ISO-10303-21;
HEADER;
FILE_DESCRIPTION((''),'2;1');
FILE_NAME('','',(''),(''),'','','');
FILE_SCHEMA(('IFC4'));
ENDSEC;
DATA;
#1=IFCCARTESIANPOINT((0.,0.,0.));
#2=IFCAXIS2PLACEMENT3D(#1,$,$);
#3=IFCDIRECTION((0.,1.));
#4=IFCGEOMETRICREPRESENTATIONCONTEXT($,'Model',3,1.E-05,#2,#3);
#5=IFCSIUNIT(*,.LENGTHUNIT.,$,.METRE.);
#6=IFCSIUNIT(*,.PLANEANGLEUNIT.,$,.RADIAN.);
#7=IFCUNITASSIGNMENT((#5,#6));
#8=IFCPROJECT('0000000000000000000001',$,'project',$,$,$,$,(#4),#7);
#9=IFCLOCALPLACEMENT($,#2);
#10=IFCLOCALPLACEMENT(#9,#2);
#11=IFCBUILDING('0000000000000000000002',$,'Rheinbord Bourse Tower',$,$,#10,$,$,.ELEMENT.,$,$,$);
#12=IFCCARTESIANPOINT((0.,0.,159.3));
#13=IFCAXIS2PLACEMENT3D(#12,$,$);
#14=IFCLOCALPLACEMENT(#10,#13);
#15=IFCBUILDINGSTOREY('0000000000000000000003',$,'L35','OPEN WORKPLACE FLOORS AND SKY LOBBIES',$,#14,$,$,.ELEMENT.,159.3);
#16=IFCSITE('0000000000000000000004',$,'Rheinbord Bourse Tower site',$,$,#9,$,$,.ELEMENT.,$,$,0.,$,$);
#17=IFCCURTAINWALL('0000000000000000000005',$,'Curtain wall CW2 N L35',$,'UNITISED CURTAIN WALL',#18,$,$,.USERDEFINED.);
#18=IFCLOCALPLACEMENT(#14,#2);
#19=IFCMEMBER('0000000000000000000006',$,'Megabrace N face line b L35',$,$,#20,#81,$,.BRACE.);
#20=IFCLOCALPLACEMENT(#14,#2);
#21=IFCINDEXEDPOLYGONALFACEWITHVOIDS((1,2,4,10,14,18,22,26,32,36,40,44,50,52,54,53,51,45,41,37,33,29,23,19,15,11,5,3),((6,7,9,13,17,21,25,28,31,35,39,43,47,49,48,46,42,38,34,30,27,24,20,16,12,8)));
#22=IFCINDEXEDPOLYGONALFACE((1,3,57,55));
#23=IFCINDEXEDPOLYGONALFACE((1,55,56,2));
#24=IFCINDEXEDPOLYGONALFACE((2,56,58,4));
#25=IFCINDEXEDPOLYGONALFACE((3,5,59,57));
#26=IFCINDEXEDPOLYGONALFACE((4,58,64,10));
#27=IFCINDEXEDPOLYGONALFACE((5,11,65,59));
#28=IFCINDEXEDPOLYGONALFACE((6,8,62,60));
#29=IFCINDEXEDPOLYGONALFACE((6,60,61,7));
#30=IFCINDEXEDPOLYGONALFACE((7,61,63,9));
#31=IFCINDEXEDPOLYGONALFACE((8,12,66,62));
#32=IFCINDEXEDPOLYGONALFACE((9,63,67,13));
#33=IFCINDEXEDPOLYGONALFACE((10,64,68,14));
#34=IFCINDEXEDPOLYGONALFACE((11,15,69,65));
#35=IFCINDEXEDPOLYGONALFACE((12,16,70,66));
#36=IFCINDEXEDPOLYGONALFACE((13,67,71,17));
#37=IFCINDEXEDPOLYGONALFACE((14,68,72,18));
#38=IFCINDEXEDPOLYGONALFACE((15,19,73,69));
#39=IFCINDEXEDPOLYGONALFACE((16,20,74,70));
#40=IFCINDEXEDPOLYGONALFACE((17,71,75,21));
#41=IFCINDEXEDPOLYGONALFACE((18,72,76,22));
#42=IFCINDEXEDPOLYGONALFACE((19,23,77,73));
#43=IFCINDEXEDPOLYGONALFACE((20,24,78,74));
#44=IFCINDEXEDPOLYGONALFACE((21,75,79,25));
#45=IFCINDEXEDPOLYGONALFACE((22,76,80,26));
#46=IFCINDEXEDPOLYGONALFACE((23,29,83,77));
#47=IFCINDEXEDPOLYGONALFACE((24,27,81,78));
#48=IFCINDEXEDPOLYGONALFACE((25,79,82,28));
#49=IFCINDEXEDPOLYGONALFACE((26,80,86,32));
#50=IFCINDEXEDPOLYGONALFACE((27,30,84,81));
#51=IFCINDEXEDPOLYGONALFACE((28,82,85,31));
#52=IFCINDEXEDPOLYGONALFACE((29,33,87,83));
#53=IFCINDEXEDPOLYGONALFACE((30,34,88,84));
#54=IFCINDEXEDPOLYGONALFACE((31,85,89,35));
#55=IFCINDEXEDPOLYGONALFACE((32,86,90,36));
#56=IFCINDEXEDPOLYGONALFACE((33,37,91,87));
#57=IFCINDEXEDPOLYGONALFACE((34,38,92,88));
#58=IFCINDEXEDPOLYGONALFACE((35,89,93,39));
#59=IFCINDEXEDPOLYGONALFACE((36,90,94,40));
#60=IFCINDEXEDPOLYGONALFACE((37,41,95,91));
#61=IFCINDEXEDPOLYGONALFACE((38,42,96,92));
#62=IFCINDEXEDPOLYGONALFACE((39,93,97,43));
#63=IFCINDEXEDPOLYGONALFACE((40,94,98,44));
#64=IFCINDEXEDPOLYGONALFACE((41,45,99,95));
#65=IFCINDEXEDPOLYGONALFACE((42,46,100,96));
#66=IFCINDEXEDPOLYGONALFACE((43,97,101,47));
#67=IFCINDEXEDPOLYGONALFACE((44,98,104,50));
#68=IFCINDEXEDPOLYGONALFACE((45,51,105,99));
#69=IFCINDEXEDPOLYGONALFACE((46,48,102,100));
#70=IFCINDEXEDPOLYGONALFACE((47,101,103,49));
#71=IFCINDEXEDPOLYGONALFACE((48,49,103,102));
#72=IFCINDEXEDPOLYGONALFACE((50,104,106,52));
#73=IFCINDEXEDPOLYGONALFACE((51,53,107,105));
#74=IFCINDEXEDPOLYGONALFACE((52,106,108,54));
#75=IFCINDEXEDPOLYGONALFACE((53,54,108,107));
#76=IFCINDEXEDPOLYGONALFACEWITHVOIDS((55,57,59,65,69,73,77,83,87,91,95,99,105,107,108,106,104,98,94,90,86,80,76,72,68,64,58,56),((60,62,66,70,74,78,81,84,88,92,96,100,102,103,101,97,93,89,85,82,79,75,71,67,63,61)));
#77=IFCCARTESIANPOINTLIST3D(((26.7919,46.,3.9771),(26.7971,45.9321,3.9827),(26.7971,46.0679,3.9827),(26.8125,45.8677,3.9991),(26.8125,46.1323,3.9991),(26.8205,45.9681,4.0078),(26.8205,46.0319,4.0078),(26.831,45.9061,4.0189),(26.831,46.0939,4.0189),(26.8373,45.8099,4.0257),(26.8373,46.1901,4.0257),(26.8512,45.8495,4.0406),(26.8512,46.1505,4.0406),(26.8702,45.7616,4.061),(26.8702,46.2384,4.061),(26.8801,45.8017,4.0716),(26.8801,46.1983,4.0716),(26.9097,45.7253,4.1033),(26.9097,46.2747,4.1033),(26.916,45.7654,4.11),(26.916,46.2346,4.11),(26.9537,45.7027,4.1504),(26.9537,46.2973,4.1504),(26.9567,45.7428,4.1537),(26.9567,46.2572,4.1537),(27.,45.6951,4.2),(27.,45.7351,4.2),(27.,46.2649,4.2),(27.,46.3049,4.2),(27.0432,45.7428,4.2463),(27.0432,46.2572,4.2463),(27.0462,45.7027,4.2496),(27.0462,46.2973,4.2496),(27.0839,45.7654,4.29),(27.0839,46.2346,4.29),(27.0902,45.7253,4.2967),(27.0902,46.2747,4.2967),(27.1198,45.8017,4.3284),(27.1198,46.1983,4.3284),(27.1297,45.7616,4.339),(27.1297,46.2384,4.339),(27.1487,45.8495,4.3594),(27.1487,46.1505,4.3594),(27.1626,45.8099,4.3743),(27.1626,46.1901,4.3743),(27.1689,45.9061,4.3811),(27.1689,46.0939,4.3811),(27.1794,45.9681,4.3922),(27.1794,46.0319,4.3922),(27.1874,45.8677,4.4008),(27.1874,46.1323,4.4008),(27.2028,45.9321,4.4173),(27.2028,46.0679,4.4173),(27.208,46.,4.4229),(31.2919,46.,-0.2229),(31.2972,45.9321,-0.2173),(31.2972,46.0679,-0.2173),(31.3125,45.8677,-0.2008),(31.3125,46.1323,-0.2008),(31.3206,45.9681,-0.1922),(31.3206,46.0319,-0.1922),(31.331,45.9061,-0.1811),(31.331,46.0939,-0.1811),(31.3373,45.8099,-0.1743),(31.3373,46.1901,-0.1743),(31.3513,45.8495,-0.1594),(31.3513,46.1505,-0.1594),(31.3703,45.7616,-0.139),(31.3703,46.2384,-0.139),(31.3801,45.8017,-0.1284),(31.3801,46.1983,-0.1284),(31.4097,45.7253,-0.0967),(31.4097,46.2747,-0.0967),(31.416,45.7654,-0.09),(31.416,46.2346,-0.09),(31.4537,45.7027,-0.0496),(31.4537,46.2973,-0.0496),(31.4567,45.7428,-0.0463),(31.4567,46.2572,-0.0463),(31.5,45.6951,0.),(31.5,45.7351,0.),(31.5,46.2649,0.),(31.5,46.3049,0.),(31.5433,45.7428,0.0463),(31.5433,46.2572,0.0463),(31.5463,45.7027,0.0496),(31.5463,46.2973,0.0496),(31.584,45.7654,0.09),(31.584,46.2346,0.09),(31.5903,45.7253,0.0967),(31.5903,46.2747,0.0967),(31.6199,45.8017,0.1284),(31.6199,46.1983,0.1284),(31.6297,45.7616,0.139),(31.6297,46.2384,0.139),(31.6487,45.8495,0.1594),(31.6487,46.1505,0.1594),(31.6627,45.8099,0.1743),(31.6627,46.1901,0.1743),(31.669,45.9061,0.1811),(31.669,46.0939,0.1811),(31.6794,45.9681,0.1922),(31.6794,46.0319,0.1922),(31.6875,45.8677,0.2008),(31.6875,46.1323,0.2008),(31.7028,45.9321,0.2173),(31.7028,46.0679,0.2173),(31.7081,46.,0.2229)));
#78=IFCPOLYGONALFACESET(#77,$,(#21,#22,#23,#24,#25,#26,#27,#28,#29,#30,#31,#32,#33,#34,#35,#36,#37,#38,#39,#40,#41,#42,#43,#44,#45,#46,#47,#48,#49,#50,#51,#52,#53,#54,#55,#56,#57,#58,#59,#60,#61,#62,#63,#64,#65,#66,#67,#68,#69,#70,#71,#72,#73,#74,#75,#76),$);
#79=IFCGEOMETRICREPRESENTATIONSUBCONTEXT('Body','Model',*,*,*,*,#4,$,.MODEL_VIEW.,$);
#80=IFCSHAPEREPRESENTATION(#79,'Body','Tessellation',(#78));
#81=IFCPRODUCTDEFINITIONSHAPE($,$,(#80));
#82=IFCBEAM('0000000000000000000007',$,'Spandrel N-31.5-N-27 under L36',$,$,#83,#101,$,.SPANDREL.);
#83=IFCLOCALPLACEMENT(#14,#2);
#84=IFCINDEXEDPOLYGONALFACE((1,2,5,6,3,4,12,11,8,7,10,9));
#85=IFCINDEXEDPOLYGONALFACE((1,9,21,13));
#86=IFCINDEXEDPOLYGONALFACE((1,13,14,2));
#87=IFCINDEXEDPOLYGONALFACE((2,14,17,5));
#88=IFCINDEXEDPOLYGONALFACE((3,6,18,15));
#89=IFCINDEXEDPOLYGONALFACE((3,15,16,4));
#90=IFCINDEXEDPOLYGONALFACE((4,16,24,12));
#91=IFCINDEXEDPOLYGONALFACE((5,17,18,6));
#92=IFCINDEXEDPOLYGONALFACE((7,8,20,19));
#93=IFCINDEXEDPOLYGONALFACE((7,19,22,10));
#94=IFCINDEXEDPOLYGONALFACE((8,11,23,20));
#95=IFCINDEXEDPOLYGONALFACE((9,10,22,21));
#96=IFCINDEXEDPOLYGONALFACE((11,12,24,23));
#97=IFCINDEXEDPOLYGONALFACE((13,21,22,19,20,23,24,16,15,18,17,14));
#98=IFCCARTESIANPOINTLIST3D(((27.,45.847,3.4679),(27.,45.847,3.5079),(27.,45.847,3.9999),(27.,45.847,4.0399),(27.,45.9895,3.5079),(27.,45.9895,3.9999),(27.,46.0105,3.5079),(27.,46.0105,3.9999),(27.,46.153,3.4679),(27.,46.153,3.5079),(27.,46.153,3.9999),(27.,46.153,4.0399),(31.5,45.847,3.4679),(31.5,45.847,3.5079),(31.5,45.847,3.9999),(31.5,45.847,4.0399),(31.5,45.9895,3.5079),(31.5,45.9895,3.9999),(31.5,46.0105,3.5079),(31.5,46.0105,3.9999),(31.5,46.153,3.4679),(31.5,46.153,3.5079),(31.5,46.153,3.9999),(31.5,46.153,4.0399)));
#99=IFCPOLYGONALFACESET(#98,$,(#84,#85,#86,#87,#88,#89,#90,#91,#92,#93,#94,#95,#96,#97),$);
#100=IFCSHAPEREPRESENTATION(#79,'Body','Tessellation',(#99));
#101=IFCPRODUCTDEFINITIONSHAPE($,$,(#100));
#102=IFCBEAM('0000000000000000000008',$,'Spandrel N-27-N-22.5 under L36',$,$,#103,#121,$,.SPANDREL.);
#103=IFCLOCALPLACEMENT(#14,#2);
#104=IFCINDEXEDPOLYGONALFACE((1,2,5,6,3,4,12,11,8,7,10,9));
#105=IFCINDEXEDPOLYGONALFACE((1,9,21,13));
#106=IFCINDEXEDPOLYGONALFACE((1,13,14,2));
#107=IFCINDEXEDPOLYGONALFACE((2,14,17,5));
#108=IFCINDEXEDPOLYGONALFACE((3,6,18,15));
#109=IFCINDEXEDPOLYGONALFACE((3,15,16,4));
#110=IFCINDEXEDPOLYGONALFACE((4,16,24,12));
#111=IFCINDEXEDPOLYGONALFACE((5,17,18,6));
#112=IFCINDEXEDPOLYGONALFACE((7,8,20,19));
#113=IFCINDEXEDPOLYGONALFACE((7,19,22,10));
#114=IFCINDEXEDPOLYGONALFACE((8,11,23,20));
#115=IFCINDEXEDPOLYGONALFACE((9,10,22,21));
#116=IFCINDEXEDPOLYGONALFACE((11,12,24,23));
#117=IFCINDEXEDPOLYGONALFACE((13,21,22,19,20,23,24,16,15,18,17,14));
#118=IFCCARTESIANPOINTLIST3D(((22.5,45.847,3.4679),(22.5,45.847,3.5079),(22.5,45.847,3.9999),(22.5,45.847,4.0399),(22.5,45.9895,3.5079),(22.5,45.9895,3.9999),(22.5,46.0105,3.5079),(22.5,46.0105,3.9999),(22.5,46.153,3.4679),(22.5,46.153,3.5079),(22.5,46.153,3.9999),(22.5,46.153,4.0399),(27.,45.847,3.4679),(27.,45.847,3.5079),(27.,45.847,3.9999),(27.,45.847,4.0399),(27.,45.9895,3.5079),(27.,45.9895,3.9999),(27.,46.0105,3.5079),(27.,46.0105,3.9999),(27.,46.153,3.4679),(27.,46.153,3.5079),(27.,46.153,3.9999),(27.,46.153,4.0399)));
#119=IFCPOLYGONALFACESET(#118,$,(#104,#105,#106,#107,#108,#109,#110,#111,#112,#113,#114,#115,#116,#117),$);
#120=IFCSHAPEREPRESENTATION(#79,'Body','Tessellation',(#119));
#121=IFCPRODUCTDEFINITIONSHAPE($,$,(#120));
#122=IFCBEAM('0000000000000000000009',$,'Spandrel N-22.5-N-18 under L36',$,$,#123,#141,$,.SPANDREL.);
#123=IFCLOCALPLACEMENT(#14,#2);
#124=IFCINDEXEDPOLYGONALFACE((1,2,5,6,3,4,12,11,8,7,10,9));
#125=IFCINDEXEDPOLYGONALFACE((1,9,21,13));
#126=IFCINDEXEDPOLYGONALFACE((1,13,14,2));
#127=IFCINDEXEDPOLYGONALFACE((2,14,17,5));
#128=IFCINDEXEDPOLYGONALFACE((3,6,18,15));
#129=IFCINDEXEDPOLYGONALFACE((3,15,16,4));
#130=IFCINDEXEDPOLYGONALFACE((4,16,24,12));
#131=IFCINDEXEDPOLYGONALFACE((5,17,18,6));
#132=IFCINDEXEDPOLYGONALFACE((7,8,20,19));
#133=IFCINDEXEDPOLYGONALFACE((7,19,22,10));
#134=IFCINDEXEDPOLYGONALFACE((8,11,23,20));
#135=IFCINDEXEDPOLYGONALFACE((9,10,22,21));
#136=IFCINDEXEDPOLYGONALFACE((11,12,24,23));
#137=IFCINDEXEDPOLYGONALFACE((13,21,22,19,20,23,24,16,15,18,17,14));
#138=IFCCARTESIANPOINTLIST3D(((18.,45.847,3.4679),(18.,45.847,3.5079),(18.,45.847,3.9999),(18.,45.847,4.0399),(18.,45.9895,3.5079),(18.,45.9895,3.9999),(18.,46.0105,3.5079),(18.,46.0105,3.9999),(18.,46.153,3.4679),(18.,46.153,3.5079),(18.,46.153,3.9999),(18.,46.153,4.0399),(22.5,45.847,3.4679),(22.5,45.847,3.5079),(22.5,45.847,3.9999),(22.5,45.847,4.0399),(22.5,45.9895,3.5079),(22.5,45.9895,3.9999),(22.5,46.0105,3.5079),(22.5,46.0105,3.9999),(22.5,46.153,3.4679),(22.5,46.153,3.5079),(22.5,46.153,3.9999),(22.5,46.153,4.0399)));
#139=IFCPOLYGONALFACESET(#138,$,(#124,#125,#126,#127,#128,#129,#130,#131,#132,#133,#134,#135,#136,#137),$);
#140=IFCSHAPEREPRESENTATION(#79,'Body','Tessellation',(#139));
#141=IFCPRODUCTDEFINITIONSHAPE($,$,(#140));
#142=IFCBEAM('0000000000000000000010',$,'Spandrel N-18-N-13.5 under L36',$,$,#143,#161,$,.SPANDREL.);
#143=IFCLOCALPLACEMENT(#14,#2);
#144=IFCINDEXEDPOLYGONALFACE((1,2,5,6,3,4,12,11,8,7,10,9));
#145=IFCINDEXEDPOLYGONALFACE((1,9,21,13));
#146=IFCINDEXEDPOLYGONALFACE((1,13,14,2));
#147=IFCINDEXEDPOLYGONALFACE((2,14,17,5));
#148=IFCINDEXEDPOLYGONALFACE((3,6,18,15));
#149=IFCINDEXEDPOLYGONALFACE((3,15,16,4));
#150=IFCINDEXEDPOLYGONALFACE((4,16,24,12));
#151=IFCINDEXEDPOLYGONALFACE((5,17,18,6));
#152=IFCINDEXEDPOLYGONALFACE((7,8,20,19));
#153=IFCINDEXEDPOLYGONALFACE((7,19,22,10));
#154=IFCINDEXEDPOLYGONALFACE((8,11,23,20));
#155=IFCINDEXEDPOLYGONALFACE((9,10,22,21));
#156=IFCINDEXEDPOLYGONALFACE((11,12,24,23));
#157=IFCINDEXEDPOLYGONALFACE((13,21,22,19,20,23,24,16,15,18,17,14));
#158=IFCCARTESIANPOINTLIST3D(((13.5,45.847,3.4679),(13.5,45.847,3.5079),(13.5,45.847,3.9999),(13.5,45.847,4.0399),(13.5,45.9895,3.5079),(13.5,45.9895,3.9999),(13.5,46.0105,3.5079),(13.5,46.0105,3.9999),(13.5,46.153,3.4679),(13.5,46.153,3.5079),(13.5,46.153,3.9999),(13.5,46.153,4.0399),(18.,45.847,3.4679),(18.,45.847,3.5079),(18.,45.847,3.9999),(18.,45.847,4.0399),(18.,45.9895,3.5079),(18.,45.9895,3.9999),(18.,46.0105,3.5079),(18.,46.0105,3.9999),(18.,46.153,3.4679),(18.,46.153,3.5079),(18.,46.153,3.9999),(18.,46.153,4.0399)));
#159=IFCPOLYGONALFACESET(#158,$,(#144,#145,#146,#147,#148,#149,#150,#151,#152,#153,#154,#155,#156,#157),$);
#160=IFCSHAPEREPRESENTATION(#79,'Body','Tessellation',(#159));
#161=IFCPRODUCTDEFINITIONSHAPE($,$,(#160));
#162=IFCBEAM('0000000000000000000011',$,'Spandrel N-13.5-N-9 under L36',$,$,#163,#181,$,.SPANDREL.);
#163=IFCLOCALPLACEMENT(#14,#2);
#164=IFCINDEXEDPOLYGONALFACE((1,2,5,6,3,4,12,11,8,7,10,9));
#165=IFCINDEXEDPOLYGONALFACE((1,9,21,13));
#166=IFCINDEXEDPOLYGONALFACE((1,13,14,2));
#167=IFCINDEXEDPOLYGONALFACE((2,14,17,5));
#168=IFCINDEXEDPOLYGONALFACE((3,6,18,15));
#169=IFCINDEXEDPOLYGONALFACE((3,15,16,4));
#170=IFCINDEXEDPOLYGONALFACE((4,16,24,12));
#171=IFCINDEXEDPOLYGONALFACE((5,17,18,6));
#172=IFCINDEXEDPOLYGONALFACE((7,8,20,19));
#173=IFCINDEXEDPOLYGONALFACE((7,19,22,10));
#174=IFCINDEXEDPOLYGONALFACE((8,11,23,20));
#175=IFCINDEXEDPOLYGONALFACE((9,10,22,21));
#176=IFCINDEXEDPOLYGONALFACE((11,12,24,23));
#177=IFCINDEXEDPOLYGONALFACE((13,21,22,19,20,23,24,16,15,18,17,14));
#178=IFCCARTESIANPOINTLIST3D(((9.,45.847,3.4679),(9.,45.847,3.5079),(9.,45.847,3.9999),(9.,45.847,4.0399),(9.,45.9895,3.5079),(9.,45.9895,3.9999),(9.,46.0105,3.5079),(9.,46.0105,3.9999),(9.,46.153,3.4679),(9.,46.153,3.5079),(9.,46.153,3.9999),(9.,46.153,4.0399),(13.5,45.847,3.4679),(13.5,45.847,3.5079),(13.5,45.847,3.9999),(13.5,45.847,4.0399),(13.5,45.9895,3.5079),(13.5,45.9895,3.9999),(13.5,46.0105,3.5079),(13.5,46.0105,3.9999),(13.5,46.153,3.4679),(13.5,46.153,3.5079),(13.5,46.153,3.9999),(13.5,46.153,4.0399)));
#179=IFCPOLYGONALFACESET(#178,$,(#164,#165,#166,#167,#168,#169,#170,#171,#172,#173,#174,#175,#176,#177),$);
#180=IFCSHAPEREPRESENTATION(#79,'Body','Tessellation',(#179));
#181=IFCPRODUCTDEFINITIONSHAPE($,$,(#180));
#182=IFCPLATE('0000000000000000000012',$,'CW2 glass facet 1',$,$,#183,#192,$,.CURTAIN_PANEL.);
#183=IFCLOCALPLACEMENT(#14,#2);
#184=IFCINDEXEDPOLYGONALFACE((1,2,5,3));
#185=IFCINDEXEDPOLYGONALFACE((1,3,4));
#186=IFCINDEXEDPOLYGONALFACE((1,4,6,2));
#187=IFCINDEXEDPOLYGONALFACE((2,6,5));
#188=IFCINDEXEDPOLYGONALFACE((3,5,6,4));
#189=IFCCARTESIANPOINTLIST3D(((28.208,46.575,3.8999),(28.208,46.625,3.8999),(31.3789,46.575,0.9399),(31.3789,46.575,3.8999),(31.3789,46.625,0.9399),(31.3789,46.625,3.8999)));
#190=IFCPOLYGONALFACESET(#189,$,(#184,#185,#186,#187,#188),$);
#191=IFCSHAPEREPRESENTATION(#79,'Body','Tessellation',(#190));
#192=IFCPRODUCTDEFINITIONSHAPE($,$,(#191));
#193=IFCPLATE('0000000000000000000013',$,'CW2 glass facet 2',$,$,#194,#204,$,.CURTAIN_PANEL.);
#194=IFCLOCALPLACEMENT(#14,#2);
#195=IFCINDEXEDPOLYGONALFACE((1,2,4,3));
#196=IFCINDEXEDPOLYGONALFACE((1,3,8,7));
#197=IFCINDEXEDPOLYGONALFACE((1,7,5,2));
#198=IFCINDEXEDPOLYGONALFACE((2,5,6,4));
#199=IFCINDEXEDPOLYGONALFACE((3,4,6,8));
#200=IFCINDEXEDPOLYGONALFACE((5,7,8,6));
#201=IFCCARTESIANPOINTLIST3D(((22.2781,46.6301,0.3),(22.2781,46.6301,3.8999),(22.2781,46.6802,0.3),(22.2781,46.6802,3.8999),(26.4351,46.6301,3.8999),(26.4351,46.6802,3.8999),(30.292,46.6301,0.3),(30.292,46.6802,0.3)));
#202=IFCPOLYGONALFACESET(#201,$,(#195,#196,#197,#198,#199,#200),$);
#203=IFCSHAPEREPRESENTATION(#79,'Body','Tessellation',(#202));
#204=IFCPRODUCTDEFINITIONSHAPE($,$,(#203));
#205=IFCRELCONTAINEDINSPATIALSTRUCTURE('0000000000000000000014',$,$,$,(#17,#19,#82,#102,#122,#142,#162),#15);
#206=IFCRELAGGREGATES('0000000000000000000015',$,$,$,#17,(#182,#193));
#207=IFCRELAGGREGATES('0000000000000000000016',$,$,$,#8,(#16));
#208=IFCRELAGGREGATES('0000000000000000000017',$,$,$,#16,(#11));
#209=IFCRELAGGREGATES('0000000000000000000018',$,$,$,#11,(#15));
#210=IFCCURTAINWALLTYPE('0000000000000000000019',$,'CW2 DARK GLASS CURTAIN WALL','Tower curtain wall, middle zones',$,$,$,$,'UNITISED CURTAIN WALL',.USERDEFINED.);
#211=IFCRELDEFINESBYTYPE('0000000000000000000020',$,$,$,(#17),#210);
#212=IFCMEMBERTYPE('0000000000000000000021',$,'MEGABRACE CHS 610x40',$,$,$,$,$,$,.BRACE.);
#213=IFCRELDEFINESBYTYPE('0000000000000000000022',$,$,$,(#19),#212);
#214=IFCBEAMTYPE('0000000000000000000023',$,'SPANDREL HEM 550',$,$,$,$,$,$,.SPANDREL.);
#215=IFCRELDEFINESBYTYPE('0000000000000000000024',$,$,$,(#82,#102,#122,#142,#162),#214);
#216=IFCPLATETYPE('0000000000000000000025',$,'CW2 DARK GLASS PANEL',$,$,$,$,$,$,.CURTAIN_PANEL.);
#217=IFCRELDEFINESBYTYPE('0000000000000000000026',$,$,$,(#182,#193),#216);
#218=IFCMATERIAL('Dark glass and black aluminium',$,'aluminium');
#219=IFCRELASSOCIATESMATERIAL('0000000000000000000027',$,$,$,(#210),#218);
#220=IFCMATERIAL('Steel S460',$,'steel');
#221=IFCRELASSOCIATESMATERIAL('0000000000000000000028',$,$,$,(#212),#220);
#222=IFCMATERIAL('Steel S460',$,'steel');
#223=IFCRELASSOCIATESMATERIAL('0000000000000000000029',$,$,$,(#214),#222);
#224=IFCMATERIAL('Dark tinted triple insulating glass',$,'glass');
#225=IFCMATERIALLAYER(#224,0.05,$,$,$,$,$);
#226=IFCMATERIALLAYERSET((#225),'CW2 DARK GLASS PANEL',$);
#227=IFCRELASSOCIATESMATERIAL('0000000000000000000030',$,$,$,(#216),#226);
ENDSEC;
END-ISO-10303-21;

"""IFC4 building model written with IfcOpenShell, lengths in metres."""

from ifc_helpers import new_model, si_unit, direction, frame, origin, origin_2d, place, context, subcontext, project, spatial, polyline, hollow_circle, i_section, outline, extrude, material, layer, layer_set, material_profile, profile_set, type_object, element, aggregate, save


model = new_model("IFC4")

# Units and contexts
model_context = context("Model", 3, precision=1e-05, world=origin(), true_north=direction((0.0, 1.0)))
body_context = subcontext(model_context, "Body", "Model", "MODEL_VIEW")
ifc_project = project(units=[si_unit("LENGTHUNIT", "METRE"), si_unit("PLANEANGLEUNIT", "RADIAN")], contexts=[model_context])

# Site, building, storey
site_placement = place(None, origin())
site = spatial("IfcSite", under=ifc_project, at=site_placement, Name="Rheinbord Bourse Tower site", CompositionType="ELEMENT", RefElevation=0.0)
building_placement = place(site_placement, origin())
building = spatial("IfcBuilding", under=site, at=building_placement, Name="Rheinbord Bourse Tower", CompositionType="ELEMENT")
storey_placement = place(building_placement, frame((0.0, 0.0, 159.3)))
storey = spatial("IfcBuildingStorey", under=building, at=storey_placement, Name="L35", Description="OPEN WORKPLACE FLOORS AND SKY LOBBIES", CompositionType="ELEMENT", Elevation=159.3)

# Curtain wall
ifc_material_1 = material(Name="Dark glass and black aluminium", Category="aluminium")
curtain_wall_type = type_object("IfcCurtainWallType", Name="CW2 DARK GLASS CURTAIN WALL", Description="Tower curtain wall, middle zones", ElementType="UNITISED CURTAIN WALL", PredefinedType="USERDEFINED", material=ifc_material_1)
curtain_wall_placement = place(storey_placement, origin())
curtain_wall = element("IfcCurtainWall", 1, at=curtain_wall_placement, inside=storey, type_object=curtain_wall_type, Name="Curtain wall CW2 N L35", ObjectType="UNITISED CURTAIN WALL", PredefinedType="USERDEFINED")

# Member
ifc_material_2 = material(Name="Steel S460", Category="steel")
ifc_material_profile_1 = material_profile(ifc_material_2, hollow_circle(Radius=0.3049, WallThickness=0.04, at=origin_2d()), Name="CHS 610x40")
ifc_profile_set_1 = profile_set([ifc_material_profile_1], Name="Steel S460")
member_type_1 = type_object("IfcMemberType", Name="MEGABRACE CHS 610x40", PredefinedType="BRACE", material=ifc_profile_set_1)
member_1_placement = place(storey_placement, frame((31.5, 46.0, 0.0), z_axis=(-0.731059, 0.0, 0.682314), x_axis=(0.0, -1.0, 0.0)))
element("IfcMember", 2, at=member_1_placement, inside=storey, type_object=member_type_1, Name="Megabrace N face line b L35", PredefinedType="BRACE", context=body_context, shape_type="SweptSolid", body=[
    extrude(hollow_circle(Radius=0.3049, WallThickness=0.04, at=origin_2d()), origin(), (0.0, 0.0, 1.0), 6.1555),
])

# Beams
ifc_material_3 = material(Name="Steel S460", Category="steel")
ifc_material_profile_2 = material_profile(ifc_material_3, i_section(OverallWidth=0.3059, OverallDepth=0.572, WebThickness=0.021, FlangeThickness=0.04, at=origin_2d()), Name="HEM 550")
ifc_profile_set_2 = profile_set([ifc_material_profile_2], Name="Steel S460")
beam_type_1 = type_object("IfcBeamType", Name="SPANDREL HEM 550", PredefinedType="SPANDREL", material=ifc_profile_set_2)
for number, where, z_axis, x_axis, name in (
    (3, (31.5, 46.0, 3.7539), (-1.0, 0.0, 0.0), (0.0, -1.0, 0.0), "Spandrel N-31.5-N-27 under L36"),
    (4, (27.0, 46.0, 3.7539), (-1.0, 0.0, 0.0), (0.0, -1.0, 0.0), "Spandrel N-27-N-22.5 under L36"),
    (5, (22.5, 46.0, 3.7539), (-1.0, 0.0, 0.0), (0.0, -1.0, 0.0), "Spandrel N-22.5-N-18 under L36"),
    (6, (18.0, 46.0, 3.7539), (-1.0, 0.0, 0.0), (0.0, -1.0, 0.0), "Spandrel N-18-N-13.5 under L36"),
    (7, (13.5, 46.0, 3.7539), (-1.0, 0.0, 0.0), (0.0, -1.0, 0.0), "Spandrel N-13.5-N-9 under L36"),
):
    element("IfcBeam", number, at=place(storey_placement, frame(where, z_axis=z_axis, x_axis=x_axis)), inside=storey, type_object=beam_type_1, Name=name, PredefinedType="SPANDREL", context=body_context, shape_type="SweptSolid", body=[
        extrude(i_section(OverallWidth=0.3059, OverallDepth=0.572, WebThickness=0.021, FlangeThickness=0.04, at=origin_2d()), origin(), (0.0, 0.0, 1.0), 4.5),
    ])

# Plates
ifc_material_4 = material(Name="Dark tinted triple insulating glass", Category="glass")
ifc_layer_1 = layer(ifc_material_4, 0.05)
ifc_layer_set_1 = layer_set([ifc_layer_1], Name="CW2 DARK GLASS PANEL")
plate_type = type_object("IfcPlateType", Name="CW2 DARK GLASS PANEL", PredefinedType="CURTAIN_PANEL", material=ifc_layer_set_1)
plate_1_placement = place(storey_placement, frame((31.3789, 46.625, 3.8999), z_axis=(0.0, -1.0, 0.0), x_axis=(-1.0, 0.0, 0.0)))
plate_1 = element("IfcPlate", 8, at=plate_1_placement, type_object=plate_type, Name="CW2 glass facet 1", PredefinedType="CURTAIN_PANEL", context=body_context, shape_type="SweptSolid", body=[
    extrude(outline(polyline([(0.0, 0.0), (3.1709, 0.0), (0.0, 2.96), (0.0, 0.0)])), origin(), (0.0, 0.0, 1.0), 0.05),
])
plate_2_placement = place(storey_placement, frame((22.2781, 46.6802, 3.8999), z_axis=(0.0, -1.0, 0.0), x_axis=(0.0, 0.0, -1.0)))
plate_2 = element("IfcPlate", 9, at=plate_2_placement, type_object=plate_type, Name="CW2 glass facet 2", PredefinedType="CURTAIN_PANEL", context=body_context, shape_type="SweptSolid", body=[
    extrude(outline(polyline([(0.0, 0.0), (3.5999, 0.0), (3.5999, 8.0139), (0.0, 4.157), (0.0, 0.0)])), origin(), (0.0, 0.0, 1.0), 0.05),
])
aggregate(curtain_wall, [plate_1, plate_2])

save(model, "model.ifc")
